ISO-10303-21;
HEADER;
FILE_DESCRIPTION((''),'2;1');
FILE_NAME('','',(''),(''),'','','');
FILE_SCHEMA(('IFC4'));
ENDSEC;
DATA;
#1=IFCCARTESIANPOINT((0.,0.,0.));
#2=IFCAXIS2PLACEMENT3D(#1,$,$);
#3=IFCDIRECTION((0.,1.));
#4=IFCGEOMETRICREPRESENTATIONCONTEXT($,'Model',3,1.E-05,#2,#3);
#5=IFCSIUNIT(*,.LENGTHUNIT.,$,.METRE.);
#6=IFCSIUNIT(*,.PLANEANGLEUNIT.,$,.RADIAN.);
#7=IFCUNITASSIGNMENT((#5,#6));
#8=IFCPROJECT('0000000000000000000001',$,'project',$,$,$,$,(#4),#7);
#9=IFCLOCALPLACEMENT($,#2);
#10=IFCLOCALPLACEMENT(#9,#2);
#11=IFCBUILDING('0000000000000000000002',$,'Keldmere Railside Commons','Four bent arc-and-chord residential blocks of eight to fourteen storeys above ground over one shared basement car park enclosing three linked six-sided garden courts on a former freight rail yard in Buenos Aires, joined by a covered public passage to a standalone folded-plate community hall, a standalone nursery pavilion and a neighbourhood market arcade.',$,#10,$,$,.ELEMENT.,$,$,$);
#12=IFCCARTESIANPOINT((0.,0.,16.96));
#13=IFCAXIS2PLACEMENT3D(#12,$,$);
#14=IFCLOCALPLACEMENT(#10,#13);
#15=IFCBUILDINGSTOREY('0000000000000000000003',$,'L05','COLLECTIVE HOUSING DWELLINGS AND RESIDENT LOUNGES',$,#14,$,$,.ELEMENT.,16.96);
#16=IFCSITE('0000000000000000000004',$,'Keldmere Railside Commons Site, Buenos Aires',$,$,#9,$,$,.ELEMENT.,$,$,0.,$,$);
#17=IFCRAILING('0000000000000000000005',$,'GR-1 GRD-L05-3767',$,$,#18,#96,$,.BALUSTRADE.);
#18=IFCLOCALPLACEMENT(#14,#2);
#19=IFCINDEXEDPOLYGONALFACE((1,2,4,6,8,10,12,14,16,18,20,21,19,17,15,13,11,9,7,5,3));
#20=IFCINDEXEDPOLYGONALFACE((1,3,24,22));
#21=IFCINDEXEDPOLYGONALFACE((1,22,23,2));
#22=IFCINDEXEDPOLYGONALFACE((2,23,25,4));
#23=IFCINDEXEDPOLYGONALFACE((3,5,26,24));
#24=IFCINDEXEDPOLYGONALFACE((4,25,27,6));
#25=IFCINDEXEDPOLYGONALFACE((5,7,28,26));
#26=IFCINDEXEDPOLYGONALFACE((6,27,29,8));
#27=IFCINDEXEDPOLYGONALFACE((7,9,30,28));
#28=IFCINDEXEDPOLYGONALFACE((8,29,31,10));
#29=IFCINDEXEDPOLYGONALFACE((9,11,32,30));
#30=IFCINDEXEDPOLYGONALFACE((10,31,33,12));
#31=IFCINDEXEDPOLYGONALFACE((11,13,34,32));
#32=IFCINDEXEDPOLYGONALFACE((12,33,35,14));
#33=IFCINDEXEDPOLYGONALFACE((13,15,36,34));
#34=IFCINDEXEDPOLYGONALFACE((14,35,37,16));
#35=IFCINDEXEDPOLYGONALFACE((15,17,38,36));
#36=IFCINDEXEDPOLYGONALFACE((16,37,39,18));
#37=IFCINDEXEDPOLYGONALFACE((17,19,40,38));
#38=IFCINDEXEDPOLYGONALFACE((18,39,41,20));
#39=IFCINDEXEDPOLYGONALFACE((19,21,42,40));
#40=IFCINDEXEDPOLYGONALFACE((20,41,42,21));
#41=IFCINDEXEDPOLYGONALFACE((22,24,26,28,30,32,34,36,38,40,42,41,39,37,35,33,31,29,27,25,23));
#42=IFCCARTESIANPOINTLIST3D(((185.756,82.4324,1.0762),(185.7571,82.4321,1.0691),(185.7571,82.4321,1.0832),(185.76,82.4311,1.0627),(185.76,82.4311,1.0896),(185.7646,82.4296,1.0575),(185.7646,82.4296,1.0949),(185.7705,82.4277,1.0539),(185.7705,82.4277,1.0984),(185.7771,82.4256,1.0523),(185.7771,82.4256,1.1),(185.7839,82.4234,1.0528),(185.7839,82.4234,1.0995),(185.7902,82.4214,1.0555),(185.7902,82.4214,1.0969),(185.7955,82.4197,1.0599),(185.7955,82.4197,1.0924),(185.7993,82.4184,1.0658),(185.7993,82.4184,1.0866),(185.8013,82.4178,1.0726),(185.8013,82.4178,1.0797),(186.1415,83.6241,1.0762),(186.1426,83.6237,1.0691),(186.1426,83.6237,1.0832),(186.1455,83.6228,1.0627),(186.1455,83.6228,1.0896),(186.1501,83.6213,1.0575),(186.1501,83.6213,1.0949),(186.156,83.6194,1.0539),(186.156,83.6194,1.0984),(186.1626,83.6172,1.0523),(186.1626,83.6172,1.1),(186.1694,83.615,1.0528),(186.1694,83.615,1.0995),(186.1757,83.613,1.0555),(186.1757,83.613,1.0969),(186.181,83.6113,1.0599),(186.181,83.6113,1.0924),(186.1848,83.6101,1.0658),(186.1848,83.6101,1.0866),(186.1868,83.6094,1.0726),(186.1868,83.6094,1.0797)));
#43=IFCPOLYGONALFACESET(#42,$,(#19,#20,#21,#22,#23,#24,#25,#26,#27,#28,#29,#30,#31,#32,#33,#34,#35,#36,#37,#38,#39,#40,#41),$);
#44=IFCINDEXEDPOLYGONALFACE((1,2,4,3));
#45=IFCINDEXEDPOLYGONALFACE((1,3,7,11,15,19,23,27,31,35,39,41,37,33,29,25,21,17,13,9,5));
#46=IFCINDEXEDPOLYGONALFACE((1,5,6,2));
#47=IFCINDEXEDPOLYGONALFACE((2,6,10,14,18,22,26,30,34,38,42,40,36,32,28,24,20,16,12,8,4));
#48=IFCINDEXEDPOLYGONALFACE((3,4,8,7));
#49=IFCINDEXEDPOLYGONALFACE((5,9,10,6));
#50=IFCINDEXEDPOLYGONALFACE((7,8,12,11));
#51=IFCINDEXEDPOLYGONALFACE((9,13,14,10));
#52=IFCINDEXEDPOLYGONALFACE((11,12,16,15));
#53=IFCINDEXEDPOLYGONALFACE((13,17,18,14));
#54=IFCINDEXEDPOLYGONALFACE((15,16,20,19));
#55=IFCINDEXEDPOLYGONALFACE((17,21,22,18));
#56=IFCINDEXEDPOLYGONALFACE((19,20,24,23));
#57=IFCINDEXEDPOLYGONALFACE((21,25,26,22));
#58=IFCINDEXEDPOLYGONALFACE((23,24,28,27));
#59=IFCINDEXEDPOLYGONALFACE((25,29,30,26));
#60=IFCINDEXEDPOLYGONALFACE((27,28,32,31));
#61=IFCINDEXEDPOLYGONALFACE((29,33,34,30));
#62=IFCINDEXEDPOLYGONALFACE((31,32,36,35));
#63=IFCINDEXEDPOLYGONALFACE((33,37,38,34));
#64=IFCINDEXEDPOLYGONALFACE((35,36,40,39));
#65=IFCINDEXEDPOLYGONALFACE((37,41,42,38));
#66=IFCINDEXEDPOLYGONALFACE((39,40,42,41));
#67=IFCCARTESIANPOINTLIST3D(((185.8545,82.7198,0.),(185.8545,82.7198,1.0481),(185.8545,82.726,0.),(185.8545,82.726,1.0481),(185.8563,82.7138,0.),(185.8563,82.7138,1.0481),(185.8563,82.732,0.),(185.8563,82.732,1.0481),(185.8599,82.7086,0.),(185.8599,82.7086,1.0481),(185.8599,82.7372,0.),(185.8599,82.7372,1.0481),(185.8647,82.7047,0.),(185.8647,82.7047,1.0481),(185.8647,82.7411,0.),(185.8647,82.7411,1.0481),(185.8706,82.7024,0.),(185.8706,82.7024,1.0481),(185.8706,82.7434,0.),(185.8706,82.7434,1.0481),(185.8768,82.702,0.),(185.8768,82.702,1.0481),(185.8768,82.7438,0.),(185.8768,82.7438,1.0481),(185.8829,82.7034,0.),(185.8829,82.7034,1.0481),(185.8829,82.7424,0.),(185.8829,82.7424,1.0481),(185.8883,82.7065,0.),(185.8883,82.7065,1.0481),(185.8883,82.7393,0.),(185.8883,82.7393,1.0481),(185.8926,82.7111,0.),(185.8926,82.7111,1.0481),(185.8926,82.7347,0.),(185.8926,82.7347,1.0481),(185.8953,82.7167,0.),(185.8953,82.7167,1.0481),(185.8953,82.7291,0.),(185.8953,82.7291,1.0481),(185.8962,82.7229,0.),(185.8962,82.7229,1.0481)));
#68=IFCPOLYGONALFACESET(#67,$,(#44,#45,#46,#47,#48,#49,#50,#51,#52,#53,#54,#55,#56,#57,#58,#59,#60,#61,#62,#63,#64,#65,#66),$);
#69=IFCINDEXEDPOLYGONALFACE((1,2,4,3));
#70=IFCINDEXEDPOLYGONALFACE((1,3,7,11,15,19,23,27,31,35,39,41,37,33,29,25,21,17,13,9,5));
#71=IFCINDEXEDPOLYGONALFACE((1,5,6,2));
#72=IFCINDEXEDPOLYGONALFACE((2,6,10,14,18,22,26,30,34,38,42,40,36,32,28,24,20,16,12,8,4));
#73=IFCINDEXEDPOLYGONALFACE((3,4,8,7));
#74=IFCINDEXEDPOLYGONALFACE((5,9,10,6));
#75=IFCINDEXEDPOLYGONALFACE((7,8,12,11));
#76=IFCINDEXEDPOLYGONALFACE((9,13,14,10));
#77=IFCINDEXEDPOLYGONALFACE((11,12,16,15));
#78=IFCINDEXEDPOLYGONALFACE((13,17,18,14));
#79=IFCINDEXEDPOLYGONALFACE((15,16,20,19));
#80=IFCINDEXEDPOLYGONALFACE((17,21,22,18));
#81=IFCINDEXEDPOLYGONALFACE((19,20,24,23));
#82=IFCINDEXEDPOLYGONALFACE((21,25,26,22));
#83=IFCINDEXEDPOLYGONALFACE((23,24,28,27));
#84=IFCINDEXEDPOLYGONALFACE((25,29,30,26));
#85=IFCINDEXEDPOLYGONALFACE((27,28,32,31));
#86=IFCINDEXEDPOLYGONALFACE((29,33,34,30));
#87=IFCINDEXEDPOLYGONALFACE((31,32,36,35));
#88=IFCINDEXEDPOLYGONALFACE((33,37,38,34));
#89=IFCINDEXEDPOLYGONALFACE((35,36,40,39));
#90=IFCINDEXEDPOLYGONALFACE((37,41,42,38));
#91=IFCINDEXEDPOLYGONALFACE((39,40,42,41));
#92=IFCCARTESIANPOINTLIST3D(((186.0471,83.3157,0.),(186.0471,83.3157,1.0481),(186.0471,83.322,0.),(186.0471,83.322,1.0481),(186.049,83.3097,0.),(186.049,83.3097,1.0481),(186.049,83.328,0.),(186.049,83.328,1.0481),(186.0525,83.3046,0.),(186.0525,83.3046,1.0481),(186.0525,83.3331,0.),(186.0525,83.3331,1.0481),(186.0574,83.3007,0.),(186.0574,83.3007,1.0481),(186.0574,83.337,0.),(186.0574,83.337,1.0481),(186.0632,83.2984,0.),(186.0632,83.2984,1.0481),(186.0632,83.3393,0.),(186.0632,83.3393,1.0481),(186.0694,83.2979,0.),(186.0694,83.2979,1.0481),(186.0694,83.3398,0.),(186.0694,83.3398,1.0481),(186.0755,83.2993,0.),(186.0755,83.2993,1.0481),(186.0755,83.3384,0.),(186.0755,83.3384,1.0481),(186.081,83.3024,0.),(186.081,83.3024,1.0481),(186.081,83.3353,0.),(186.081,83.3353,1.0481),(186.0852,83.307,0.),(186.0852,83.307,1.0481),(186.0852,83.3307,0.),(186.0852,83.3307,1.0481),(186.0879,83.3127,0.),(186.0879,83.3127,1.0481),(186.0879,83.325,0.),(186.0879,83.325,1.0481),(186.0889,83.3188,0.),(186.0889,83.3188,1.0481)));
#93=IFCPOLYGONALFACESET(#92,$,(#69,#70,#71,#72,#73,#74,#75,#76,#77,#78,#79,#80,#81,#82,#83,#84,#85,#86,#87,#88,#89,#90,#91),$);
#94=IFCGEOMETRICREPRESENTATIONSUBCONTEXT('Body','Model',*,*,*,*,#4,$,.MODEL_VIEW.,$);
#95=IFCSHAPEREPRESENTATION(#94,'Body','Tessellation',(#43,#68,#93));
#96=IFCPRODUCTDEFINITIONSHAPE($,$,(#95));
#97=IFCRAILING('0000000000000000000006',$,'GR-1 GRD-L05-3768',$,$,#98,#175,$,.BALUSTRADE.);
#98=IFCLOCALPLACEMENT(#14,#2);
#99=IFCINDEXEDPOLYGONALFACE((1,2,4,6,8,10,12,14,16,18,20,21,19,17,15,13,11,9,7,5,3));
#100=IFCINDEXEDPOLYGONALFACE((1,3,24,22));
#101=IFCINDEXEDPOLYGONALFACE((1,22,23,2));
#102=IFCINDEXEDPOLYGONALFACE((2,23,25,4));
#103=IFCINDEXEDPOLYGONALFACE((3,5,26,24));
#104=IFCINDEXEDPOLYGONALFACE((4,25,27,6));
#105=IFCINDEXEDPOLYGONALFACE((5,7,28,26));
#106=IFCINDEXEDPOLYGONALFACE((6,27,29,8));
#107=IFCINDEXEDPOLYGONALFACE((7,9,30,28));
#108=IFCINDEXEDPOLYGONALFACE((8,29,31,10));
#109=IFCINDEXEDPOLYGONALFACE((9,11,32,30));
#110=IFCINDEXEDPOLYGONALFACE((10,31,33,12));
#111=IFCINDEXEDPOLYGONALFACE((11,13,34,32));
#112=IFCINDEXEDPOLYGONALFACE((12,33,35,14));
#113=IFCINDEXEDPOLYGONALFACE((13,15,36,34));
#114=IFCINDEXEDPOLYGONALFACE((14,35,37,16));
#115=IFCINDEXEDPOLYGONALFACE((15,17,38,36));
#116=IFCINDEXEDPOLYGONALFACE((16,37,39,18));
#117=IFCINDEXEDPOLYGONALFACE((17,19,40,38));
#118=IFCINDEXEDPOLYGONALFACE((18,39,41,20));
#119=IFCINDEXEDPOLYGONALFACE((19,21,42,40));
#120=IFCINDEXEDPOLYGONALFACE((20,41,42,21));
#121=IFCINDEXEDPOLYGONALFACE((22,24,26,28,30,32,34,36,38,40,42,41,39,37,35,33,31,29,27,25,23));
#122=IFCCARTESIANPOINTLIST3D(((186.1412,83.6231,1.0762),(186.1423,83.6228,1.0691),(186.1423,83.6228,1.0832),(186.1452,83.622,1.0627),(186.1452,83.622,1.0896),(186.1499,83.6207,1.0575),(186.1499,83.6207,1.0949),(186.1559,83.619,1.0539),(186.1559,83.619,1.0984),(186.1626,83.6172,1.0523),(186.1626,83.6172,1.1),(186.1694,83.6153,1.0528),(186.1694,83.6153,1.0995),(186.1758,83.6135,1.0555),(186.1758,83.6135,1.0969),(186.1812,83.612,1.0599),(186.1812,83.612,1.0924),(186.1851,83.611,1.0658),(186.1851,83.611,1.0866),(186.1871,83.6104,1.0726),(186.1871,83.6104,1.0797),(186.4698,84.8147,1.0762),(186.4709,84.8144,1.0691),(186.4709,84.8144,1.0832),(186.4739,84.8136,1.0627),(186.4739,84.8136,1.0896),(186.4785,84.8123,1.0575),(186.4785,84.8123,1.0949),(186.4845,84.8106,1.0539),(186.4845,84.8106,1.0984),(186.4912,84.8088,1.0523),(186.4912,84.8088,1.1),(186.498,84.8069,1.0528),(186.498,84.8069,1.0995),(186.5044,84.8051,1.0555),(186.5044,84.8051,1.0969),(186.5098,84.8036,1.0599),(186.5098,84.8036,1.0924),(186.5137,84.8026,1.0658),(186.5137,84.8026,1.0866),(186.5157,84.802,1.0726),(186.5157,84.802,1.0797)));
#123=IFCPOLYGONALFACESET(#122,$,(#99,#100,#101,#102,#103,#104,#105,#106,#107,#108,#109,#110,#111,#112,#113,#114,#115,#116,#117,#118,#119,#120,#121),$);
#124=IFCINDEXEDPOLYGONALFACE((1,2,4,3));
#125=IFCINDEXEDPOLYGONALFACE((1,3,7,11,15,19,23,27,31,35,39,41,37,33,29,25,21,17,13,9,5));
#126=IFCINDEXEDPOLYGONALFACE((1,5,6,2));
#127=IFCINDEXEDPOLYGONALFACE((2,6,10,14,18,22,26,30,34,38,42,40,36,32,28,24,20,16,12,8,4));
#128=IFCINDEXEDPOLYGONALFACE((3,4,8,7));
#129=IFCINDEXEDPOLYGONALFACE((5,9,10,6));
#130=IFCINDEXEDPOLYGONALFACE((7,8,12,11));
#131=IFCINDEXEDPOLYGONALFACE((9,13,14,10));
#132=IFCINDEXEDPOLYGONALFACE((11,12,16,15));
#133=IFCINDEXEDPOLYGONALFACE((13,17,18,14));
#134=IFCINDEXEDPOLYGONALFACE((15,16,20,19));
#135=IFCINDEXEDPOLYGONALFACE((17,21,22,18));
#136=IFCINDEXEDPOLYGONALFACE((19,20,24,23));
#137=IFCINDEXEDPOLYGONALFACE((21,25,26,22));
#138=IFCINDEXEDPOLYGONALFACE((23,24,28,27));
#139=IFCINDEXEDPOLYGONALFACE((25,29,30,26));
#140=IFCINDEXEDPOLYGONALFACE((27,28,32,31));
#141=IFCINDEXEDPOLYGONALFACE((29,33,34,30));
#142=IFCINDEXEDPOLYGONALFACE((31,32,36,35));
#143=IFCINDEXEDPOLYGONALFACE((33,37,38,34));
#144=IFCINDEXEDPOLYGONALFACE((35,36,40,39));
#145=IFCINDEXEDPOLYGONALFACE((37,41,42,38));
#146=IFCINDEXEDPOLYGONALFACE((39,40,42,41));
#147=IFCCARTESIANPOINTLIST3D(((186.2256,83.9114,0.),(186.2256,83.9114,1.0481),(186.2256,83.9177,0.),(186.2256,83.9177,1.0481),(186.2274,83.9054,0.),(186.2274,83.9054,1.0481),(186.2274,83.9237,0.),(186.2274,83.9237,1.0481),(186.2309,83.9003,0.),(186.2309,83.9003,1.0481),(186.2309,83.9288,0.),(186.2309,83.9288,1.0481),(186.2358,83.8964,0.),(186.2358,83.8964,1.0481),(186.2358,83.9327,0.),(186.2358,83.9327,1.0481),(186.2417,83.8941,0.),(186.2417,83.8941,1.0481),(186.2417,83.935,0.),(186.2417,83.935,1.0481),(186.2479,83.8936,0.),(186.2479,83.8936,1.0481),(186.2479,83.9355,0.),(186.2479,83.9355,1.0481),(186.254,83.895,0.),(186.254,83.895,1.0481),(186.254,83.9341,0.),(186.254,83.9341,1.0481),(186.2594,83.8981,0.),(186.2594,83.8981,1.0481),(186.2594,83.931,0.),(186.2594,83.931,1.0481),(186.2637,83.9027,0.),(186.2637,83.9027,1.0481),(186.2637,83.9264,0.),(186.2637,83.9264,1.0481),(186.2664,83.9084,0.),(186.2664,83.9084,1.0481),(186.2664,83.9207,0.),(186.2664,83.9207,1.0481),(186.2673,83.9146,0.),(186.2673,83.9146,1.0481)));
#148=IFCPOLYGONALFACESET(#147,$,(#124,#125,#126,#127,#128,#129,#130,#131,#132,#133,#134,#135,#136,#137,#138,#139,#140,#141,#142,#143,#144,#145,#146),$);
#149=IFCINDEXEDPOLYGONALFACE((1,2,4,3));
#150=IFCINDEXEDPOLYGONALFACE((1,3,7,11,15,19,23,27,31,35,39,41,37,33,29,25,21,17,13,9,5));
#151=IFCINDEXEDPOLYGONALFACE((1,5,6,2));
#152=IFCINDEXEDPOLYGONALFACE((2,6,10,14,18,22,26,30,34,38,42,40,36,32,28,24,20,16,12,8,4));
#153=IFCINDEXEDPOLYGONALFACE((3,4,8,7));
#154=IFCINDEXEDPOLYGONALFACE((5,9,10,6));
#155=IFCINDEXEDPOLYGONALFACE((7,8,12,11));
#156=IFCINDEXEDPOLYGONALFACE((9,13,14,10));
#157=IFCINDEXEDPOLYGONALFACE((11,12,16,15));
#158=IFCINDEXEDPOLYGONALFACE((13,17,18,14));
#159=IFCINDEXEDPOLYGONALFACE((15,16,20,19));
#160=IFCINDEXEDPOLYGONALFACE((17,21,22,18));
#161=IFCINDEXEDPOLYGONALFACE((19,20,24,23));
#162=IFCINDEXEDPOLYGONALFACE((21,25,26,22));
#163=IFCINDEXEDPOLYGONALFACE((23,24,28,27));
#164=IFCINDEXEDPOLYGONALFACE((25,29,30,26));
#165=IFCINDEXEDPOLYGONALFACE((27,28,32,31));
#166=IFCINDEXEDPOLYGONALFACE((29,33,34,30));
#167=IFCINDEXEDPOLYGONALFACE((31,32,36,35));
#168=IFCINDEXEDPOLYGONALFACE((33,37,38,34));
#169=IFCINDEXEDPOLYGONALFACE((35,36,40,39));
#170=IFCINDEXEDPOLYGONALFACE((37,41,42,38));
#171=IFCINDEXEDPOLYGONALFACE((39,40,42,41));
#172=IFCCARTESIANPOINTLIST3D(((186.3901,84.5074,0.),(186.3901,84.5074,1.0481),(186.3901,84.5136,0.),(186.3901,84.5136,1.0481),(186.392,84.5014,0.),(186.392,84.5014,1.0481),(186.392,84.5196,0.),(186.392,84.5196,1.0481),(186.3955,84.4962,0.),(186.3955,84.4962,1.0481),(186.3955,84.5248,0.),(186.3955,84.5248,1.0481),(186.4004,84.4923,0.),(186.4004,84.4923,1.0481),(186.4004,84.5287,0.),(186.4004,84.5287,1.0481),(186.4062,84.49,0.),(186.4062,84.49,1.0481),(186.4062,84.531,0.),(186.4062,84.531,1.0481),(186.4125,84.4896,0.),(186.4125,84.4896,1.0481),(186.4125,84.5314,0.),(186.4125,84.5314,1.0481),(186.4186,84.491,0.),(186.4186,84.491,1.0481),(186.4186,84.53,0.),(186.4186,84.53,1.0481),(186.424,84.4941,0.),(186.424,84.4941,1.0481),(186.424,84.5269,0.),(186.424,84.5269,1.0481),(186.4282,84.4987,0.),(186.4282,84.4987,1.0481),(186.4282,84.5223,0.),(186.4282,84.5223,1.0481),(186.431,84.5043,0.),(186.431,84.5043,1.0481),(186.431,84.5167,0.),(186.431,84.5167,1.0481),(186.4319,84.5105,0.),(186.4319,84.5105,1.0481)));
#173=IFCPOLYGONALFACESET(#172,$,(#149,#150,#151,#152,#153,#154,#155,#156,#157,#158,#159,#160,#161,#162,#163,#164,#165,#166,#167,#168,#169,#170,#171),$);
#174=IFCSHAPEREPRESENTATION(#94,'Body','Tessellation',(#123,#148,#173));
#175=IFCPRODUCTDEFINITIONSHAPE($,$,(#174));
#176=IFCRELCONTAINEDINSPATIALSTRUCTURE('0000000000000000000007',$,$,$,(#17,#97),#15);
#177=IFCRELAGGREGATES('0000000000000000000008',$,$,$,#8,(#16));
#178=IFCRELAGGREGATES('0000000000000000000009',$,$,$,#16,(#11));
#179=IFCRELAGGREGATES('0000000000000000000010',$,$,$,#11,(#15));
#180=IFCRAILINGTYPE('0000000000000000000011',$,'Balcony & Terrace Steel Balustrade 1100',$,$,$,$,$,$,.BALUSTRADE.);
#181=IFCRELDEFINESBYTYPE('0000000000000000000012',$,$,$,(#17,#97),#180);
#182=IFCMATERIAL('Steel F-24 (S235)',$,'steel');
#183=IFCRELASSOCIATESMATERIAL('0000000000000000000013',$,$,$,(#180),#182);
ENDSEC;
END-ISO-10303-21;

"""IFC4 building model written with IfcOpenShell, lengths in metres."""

from ifc_helpers import new_model, si_unit, direction, frame, origin, origin_2d, place, context, subcontext, project, spatial, circle, extrude, material, type_object, element, save


model = new_model("IFC4")

# Units and contexts
model_context = context("Model", 3, precision=1e-05, world=origin(), true_north=direction((0.0, 1.0)))
body_context = subcontext(model_context, "Body", "Model", "MODEL_VIEW")
ifc_project = project(units=[si_unit("LENGTHUNIT", "METRE"), si_unit("PLANEANGLEUNIT", "RADIAN")], contexts=[model_context])

# Site, building, storey
site_placement = place(None, origin())
site = spatial("IfcSite", under=ifc_project, at=site_placement, Name="Keldmere Railside Commons Site, Buenos Aires", CompositionType="ELEMENT", RefElevation=0.0)
building_placement = place(site_placement, origin())
building = spatial("IfcBuilding", under=site, at=building_placement, Name="Keldmere Railside Commons", Description="Four bent arc-and-chord residential blocks of eight to fourteen storeys above ground over one shared basement car park enclosing three linked six-sided garden courts on a former freight rail yard in Buenos Aires, joined by a covered public passage to a standalone folded-plate community hall, a standalone nursery pavilion and a neighbourhood market arcade.", CompositionType="ELEMENT")
storey_placement = place(building_placement, frame((0.0, 0.0, 16.96)))
storey = spatial("IfcBuildingStorey", under=building, at=storey_placement, Name="L05", Description="COLLECTIVE HOUSING DWELLINGS AND RESIDENT LOUNGES", CompositionType="ELEMENT", Elevation=16.96)

# Railings
ifc_material_1 = material(Name="Steel F-24 (S235)", Category="steel")
railing_type = type_object("IfcRailingType", Name="Balcony & Terrace Steel Balustrade 1100", PredefinedType="BALUSTRADE", material=ifc_material_1)
railing_1_placement = place(storey_placement, frame((185.7788, 82.425, 0.0)))
element("IfcRailing", 1, at=railing_1_placement, inside=storey, type_object=railing_type, Name="GR-1 GRD-L05-3767", PredefinedType="BALUSTRADE", context=body_context, shape_type="SweptSolid", body=[
    extrude(circle(Radius=0.0239, at=origin_2d()), frame((0.0, 0.0, 1.0762), z_axis=(0.307794, 0.951453, 0.0), x_axis=(-0.951453, 0.307794, 0.0)), (0.0, 0.0, 1.0), 1.2524),
    extrude(circle(Radius=0.021, at=origin_2d()), frame((0.0964, 0.2979, 0.0)), (0.0, 0.0, 1.0), 1.0481),
    extrude(circle(Radius=0.021, at=origin_2d()), frame((0.2891, 0.8938, 0.0)), (0.0, 0.0, 1.0), 1.0481),
])
railing_2_placement = place(storey_placement, frame((186.1643, 83.6167, 0.0)))
element("IfcRailing", 2, at=railing_2_placement, inside=storey, type_object=railing_type, Name="GR-1 GRD-L05-3768", PredefinedType="BALUSTRADE", context=body_context, shape_type="SweptSolid", body=[
    extrude(circle(Radius=0.0239, at=origin_2d()), frame((0.0, 0.0, 1.0762), z_axis=(0.26584, 0.964017, 0.0), x_axis=(-0.964017, 0.26584, 0.0)), (0.0, 0.0, 1.0), 1.2361),
    extrude(circle(Radius=0.021, at=origin_2d()), frame((0.082, 0.2979, 0.0)), (0.0, 0.0, 1.0), 1.0481),
    extrude(circle(Radius=0.021, at=origin_2d()), frame((0.2466, 0.8938, 0.0)), (0.0, 0.0, 1.0), 1.0481),
])

save(model, "model.ifc")
